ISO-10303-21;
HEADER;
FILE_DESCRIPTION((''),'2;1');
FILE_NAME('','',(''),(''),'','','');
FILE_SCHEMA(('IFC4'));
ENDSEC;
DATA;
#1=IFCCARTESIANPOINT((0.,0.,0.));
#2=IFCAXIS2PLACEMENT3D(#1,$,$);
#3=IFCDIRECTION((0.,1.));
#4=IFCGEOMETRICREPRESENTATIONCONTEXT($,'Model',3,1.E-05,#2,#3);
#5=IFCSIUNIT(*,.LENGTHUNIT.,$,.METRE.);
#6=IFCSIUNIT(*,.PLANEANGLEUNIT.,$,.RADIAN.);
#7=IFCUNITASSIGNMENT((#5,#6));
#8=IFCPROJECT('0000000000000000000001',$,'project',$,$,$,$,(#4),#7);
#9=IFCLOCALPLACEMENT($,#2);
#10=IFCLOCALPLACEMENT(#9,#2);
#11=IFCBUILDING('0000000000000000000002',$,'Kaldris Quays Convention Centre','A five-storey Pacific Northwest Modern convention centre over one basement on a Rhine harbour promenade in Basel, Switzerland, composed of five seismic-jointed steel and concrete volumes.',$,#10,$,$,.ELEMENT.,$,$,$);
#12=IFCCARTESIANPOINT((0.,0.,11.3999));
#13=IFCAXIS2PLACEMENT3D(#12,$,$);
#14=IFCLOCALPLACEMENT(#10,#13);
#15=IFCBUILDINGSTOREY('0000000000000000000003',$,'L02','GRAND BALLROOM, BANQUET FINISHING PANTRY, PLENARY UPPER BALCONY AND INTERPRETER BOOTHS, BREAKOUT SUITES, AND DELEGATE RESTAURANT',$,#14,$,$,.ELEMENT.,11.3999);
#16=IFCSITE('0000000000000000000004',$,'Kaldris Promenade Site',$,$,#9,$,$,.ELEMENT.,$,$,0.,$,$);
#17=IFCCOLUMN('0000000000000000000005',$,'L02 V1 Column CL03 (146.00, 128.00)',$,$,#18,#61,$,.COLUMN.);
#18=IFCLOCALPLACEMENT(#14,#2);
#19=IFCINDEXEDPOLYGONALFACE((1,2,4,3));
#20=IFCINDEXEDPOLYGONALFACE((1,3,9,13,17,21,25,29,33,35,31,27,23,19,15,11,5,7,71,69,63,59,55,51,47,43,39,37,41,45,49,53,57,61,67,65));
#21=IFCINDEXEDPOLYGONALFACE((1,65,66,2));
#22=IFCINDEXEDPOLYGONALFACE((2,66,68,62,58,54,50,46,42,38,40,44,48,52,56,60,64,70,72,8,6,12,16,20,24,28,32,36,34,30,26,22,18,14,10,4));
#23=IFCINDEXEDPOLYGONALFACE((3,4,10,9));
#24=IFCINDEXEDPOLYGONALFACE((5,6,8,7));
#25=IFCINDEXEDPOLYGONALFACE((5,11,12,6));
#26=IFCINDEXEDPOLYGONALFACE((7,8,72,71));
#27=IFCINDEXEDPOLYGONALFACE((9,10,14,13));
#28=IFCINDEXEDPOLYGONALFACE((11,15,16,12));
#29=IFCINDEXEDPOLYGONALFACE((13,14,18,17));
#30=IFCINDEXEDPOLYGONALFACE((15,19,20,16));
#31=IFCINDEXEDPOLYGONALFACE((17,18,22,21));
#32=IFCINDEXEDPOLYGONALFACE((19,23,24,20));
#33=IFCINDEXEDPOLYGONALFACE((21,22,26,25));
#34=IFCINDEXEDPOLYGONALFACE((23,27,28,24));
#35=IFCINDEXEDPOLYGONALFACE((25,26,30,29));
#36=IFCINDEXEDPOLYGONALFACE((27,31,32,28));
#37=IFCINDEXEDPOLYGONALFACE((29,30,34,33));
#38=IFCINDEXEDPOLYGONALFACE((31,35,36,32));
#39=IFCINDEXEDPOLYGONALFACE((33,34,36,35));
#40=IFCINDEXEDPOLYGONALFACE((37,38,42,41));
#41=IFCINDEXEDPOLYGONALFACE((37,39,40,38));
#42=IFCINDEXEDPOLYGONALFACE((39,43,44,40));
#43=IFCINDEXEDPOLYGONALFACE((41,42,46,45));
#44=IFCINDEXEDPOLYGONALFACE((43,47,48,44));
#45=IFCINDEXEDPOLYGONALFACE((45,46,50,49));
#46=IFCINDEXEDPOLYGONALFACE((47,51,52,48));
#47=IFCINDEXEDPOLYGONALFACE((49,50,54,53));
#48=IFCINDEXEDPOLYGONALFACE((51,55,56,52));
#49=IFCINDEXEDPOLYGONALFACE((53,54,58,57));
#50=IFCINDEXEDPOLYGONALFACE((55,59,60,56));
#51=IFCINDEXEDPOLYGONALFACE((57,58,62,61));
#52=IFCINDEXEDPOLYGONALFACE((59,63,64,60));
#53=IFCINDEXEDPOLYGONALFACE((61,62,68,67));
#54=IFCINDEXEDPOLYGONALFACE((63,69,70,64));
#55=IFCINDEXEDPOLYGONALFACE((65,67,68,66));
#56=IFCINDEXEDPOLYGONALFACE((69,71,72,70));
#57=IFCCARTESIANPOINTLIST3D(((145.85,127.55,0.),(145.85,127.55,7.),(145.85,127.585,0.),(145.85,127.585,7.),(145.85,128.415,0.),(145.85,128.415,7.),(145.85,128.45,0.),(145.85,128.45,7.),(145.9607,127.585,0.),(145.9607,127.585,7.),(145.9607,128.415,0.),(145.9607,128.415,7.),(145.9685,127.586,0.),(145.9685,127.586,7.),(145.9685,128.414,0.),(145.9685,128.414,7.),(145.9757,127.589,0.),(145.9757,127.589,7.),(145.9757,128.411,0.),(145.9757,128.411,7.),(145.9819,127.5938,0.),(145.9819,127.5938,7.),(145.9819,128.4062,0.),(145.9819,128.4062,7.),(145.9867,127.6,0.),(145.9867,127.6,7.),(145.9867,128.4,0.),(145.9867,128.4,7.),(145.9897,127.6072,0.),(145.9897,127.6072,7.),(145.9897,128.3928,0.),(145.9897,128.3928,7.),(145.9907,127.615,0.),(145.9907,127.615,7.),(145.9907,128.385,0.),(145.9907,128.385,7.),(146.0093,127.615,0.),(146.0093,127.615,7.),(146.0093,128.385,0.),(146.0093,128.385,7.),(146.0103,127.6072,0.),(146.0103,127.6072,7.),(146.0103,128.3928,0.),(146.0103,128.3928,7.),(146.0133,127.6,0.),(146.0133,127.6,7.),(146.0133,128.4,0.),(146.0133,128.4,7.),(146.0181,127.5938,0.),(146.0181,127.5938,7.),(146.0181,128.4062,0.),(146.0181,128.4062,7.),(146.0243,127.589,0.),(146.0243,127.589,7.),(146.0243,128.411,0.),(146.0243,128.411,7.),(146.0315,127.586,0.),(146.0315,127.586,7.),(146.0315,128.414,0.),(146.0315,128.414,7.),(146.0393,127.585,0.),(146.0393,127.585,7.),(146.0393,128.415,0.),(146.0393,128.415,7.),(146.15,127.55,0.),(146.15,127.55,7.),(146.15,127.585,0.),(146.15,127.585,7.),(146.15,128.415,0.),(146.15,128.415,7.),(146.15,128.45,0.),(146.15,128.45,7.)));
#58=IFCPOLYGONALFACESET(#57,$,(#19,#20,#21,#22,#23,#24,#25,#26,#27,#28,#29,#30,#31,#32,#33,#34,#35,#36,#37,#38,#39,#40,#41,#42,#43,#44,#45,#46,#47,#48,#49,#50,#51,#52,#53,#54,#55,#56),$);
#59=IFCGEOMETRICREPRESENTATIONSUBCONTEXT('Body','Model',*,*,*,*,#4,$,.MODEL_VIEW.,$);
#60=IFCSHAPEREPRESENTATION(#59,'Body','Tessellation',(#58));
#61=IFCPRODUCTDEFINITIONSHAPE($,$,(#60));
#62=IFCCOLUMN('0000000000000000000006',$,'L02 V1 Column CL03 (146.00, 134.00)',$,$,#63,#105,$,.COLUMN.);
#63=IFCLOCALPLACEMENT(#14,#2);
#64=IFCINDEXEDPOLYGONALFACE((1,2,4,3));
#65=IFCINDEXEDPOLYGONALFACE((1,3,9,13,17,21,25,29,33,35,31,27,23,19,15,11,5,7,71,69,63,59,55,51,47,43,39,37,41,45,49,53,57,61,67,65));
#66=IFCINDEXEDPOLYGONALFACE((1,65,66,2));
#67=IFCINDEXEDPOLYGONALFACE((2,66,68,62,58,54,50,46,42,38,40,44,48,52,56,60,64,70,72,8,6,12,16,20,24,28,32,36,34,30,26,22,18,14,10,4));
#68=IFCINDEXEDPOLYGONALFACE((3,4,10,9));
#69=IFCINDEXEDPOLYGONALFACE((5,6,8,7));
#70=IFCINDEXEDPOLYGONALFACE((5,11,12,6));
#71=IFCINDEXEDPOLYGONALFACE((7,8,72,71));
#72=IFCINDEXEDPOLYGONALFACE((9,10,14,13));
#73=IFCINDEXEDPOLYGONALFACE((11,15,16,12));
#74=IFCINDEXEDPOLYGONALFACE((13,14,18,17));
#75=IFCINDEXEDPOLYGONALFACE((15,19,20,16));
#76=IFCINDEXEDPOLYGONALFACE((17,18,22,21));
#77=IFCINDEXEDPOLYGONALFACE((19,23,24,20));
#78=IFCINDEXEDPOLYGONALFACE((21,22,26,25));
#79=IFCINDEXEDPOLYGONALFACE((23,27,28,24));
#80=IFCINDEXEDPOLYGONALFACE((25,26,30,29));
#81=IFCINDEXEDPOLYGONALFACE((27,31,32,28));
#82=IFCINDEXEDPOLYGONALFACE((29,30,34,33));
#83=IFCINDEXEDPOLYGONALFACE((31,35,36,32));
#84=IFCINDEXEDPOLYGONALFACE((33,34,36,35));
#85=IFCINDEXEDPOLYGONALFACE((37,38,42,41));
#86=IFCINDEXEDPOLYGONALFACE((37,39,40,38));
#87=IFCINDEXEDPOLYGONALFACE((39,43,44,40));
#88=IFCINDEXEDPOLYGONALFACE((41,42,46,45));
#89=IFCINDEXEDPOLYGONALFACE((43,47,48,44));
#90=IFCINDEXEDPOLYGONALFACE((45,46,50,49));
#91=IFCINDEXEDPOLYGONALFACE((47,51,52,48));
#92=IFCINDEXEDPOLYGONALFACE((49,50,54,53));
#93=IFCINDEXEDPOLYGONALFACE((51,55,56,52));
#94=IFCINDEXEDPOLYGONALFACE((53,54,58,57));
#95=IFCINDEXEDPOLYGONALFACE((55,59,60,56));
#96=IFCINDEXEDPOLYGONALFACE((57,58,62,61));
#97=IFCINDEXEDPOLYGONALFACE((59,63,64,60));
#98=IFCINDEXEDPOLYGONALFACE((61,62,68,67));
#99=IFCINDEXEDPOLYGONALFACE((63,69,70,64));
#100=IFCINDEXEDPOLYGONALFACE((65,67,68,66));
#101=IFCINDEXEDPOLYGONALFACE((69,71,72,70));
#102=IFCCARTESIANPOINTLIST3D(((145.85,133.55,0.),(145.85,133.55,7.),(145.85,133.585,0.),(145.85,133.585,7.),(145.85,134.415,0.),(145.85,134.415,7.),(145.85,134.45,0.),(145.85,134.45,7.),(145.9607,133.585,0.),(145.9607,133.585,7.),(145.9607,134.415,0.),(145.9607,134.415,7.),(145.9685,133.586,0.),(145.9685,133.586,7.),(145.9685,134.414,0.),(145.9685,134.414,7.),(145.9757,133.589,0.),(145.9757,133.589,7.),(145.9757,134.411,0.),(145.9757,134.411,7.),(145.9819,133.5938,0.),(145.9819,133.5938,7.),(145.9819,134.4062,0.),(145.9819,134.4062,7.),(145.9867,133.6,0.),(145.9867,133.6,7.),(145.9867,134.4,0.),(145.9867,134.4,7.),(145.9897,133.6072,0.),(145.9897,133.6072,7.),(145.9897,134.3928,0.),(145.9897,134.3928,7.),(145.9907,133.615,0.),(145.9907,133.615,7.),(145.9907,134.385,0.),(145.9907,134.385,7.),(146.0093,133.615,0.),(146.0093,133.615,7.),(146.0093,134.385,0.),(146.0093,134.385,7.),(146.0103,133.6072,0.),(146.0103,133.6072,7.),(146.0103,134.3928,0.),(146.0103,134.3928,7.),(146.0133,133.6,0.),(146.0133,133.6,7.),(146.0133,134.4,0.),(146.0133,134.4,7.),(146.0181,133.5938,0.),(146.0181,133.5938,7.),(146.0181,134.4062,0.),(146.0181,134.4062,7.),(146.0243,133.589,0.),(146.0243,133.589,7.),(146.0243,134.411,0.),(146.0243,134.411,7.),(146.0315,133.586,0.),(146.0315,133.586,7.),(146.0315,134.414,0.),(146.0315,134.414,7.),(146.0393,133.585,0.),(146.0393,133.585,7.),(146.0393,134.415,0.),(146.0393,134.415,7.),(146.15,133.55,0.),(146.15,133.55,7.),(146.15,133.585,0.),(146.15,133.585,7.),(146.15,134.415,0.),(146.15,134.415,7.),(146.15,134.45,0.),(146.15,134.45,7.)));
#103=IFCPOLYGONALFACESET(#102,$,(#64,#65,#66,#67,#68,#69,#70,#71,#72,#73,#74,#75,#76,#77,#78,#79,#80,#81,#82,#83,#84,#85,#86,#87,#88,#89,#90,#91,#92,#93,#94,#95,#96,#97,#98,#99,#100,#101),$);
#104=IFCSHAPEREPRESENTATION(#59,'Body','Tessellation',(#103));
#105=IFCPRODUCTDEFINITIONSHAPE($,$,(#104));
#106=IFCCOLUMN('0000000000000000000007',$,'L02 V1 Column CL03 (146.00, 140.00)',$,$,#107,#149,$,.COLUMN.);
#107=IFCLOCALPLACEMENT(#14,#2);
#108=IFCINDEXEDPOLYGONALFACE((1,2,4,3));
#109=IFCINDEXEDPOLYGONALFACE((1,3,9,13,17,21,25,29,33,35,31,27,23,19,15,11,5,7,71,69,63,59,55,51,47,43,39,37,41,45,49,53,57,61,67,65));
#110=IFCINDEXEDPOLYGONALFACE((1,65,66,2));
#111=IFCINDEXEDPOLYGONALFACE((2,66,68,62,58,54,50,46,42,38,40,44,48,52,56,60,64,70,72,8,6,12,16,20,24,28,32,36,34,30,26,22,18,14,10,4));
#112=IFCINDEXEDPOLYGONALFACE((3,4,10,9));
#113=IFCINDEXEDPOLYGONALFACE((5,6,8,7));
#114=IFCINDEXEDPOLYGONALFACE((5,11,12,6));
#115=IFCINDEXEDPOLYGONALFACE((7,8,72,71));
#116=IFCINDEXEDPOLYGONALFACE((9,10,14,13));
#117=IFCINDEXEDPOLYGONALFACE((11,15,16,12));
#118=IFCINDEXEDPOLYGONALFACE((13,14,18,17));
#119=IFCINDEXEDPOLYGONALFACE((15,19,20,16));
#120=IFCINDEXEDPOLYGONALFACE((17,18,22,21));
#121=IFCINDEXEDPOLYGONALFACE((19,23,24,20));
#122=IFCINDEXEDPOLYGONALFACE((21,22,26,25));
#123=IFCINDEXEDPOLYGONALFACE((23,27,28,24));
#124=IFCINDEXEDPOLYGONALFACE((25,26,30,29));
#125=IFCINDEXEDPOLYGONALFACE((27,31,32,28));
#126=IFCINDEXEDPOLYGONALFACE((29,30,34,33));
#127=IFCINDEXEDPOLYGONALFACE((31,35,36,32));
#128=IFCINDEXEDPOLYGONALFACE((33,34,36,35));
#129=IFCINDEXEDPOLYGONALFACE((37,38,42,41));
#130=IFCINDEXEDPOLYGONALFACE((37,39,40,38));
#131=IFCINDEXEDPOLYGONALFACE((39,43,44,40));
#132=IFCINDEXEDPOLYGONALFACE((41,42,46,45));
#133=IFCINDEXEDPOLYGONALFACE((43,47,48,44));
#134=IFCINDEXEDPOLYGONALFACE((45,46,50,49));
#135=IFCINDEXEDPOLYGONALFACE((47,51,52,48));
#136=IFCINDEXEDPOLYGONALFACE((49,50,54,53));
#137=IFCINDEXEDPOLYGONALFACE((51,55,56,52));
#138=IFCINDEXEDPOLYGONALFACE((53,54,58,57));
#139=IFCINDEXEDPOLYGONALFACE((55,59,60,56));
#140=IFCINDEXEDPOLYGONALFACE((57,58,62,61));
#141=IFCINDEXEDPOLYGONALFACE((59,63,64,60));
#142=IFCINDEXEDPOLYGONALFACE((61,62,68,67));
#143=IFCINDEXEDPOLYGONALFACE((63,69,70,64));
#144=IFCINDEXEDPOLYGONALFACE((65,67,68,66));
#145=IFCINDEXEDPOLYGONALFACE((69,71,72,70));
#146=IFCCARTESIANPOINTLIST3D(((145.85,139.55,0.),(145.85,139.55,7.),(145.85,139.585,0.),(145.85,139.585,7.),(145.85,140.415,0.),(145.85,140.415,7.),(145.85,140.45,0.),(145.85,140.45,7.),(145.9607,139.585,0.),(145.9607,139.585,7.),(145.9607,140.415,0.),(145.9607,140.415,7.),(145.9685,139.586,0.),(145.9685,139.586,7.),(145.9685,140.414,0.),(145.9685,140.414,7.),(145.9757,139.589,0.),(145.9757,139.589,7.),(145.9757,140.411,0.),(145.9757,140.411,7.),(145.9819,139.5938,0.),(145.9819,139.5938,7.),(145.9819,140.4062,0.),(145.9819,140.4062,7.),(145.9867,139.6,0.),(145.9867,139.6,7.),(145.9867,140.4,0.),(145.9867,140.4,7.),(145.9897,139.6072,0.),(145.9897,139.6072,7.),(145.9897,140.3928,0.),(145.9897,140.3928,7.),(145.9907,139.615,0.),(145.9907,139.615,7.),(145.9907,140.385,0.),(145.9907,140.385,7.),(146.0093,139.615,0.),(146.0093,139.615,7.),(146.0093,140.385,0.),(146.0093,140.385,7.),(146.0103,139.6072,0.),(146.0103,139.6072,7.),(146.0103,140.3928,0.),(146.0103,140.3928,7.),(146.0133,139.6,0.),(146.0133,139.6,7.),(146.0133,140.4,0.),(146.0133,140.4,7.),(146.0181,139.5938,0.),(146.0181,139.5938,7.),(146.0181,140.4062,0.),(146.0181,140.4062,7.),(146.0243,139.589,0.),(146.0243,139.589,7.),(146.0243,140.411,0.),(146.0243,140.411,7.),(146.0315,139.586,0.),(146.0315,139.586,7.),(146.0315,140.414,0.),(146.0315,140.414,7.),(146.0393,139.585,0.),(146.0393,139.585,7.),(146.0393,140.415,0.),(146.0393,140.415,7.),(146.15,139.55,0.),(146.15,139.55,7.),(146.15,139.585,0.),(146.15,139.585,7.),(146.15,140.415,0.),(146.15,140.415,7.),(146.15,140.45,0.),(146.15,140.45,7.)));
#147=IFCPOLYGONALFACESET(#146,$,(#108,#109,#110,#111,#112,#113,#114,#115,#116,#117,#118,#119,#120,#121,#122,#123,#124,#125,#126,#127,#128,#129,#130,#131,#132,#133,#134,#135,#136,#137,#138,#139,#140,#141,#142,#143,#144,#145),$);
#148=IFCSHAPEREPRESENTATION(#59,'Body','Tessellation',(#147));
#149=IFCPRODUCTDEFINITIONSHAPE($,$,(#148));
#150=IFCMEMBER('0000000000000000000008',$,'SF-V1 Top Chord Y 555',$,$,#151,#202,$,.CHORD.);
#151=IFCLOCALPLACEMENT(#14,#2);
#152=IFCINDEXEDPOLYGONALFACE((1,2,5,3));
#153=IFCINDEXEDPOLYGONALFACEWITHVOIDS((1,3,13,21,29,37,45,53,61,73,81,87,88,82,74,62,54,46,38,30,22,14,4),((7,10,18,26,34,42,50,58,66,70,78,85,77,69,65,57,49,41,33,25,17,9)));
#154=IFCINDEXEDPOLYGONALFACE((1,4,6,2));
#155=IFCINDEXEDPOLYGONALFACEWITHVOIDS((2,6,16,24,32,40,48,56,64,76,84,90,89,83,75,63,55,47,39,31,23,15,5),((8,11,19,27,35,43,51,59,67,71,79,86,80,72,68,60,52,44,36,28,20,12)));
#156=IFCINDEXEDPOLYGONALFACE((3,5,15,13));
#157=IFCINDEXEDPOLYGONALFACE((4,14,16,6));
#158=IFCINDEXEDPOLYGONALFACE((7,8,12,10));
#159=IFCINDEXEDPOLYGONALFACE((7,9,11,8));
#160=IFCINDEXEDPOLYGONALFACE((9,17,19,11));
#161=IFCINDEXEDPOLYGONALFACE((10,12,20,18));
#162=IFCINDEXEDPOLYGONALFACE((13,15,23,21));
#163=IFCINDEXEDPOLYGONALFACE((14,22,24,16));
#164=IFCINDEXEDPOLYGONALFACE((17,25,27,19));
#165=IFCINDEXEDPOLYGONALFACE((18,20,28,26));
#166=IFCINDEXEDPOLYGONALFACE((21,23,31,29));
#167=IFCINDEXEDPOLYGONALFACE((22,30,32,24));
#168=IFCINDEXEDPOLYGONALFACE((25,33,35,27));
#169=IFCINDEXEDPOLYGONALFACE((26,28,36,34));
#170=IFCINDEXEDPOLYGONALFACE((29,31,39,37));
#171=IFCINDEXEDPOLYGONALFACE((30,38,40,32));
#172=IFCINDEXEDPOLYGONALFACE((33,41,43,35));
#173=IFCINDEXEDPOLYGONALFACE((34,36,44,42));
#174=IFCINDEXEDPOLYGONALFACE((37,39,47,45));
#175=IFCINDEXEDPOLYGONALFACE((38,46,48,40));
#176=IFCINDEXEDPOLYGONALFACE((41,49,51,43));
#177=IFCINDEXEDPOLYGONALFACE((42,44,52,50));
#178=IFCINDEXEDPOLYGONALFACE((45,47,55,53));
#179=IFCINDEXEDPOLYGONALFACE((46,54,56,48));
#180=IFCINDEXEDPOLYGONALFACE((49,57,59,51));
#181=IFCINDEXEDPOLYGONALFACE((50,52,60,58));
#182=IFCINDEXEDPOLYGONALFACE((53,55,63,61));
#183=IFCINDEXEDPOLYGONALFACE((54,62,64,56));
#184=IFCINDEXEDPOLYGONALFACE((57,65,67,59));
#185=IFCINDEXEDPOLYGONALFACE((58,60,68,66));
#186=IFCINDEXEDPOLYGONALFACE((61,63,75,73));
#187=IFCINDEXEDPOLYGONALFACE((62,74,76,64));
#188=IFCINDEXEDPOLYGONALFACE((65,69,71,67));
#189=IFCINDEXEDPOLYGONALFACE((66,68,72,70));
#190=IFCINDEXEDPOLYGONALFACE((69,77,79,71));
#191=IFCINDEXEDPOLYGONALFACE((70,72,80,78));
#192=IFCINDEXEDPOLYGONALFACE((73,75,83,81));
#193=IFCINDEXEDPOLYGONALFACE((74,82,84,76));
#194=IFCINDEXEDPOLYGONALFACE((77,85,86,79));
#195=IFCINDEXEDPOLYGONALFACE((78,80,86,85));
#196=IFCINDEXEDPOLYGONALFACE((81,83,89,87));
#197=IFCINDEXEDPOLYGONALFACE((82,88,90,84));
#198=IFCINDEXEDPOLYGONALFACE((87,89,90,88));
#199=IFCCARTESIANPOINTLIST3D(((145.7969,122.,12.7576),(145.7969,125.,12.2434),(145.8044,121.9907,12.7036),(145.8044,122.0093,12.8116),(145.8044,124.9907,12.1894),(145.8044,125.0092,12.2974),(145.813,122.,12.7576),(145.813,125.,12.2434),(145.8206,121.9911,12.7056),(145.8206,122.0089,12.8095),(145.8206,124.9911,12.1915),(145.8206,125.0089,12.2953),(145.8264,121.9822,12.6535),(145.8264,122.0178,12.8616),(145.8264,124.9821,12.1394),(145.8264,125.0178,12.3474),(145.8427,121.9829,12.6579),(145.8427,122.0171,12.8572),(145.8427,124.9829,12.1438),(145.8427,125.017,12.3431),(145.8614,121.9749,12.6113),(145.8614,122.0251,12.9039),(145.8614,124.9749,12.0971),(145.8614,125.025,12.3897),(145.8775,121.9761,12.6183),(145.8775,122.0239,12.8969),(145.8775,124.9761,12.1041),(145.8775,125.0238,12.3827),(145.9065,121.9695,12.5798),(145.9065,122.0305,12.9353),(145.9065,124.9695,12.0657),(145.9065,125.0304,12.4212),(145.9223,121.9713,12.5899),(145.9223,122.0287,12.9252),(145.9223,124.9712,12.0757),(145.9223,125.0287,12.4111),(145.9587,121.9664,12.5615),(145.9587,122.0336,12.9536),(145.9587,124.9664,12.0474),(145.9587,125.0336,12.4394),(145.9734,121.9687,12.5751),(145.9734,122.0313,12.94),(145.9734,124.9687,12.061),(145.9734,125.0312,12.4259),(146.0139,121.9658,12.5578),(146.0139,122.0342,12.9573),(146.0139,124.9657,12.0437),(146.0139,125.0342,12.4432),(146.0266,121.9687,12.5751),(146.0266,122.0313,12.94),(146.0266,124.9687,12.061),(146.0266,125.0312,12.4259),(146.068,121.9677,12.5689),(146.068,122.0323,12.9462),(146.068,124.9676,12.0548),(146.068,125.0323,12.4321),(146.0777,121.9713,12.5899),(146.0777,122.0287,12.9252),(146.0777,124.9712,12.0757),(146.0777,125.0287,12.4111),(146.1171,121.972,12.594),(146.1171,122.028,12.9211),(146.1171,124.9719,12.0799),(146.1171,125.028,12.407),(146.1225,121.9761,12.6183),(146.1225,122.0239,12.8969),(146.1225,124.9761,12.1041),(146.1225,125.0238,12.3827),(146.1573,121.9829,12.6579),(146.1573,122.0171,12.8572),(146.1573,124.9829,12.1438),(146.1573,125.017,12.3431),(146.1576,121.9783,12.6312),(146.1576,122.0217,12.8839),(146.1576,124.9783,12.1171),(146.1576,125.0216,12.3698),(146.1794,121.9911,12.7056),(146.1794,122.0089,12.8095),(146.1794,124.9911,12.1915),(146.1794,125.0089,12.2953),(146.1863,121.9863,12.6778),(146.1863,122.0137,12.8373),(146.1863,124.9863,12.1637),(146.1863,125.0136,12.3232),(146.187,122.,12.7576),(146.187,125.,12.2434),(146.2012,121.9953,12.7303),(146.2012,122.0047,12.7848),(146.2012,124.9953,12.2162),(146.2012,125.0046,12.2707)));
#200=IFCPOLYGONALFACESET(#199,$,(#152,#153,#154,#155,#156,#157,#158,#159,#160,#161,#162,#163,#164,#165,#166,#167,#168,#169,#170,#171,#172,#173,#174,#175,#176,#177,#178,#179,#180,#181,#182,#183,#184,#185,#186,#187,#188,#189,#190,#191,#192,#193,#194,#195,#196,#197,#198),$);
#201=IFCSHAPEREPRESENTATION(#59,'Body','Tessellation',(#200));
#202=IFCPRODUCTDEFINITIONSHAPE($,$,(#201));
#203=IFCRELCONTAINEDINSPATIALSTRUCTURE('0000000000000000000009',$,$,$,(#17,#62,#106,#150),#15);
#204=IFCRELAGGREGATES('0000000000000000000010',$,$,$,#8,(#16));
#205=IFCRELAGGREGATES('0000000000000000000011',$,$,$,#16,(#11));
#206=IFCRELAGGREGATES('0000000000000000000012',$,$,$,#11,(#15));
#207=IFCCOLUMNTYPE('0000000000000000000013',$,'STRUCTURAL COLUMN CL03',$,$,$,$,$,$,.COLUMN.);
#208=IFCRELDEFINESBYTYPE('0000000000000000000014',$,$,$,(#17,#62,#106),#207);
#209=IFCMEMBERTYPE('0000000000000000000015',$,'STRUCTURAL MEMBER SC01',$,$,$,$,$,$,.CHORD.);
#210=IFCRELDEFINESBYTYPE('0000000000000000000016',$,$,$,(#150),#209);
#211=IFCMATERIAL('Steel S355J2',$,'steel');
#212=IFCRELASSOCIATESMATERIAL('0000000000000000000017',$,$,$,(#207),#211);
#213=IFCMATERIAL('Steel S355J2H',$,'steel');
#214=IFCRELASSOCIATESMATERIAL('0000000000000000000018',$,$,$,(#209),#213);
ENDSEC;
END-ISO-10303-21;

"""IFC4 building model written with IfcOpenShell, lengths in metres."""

from ifc_helpers import new_model, si_unit, direction, frame, origin, origin_2d, place, context, subcontext, project, spatial, hollow_circle, i_section, extrude, material, material_profile, profile_set, type_object, element, save


model = new_model("IFC4")

# Units and contexts
model_context = context("Model", 3, precision=1e-05, world=origin(), true_north=direction((0.0, 1.0)))
body_context = subcontext(model_context, "Body", "Model", "MODEL_VIEW")
ifc_project = project(units=[si_unit("LENGTHUNIT", "METRE"), si_unit("PLANEANGLEUNIT", "RADIAN")], contexts=[model_context])

# Site, building, storey
site_placement = place(None, origin())
site = spatial("IfcSite", under=ifc_project, at=site_placement, Name="Kaldris Promenade Site", CompositionType="ELEMENT", RefElevation=0.0)
building_placement = place(site_placement, origin())
building = spatial("IfcBuilding", under=site, at=building_placement, Name="Kaldris Quays Convention Centre", Description="A five-storey Pacific Northwest Modern convention centre over one basement on a Rhine harbour promenade in Basel, Switzerland, composed of five seismic-jointed steel and concrete volumes.", CompositionType="ELEMENT")
storey_placement = place(building_placement, frame((0.0, 0.0, 11.3999)))
storey = spatial("IfcBuildingStorey", under=building, at=storey_placement, Name="L02", Description="GRAND BALLROOM, BANQUET FINISHING PANTRY, PLENARY UPPER BALCONY AND INTERPRETER BOOTHS, BREAKOUT SUITES, AND DELEGATE RESTAURANT", CompositionType="ELEMENT", Elevation=11.3999)

# Columns
ifc_material_1 = material(Name="Steel S355J2", Category="steel")
ifc_material_profile_1 = material_profile(ifc_material_1, i_section(OverallWidth=0.3, OverallDepth=0.8999, WebThickness=0.0186, FlangeThickness=0.0349, FilletRadius=0.03, at=origin_2d()), Name="HEB 900")
ifc_profile_set_1 = profile_set([ifc_material_profile_1], Name="Steel S355J2")
column_type = type_object("IfcColumnType", Name="STRUCTURAL COLUMN CL03", PredefinedType="COLUMN", material=ifc_profile_set_1)
for number, where, z_axis, x_axis, name in (
    (1, (146.0, 128.0, 0.0), (0.0, 0.0, 1.0), (1.0, 0.0, 0.0), "L02 V1 Column CL03 (146.00, 128.00)"),
    (2, (146.0, 134.0, 0.0), (0.0, 0.0, 1.0), (1.0, 0.0, 0.0), "L02 V1 Column CL03 (146.00, 134.00)"),
    (3, (146.0, 140.0, 0.0), (0.0, 0.0, 1.0), (1.0, 0.0, 0.0), "L02 V1 Column CL03 (146.00, 140.00)"),
):
    element("IfcColumn", number, at=place(storey_placement, frame(where, z_axis=z_axis, x_axis=x_axis)), inside=storey, type_object=column_type, Name=name, PredefinedType="COLUMN", context=body_context, shape_type="SweptSolid", body=[
        extrude(i_section(OverallWidth=0.3, OverallDepth=0.8999, WebThickness=0.0186, FlangeThickness=0.0349, FilletRadius=0.03, at=origin_2d()), origin(), (0.0, 0.0, 1.0), 7.0),
    ])

# Member
ifc_material_2 = material(Name="Steel S355J2H", Category="steel")
ifc_material_profile_2 = material_profile(ifc_material_2, hollow_circle(Radius=0.2031, WallThickness=0.0161, at=origin_2d()), Name="CHS 406.4x16")
ifc_profile_set_2 = profile_set([ifc_material_profile_2], Name="Steel S355J2H")
member_type_1 = type_object("IfcMemberType", Name="STRUCTURAL MEMBER SC01", PredefinedType="CHORD", material=ifc_profile_set_2)
for number, where, z_axis, x_axis, name in (
    (4, (146.0, 122.0, 12.7576), (0.0, 0.985629, -0.168924), (-1.0, 0.0, 0.0), "SF-V1 Top Chord Y 555"),
):
    element("IfcMember", number, at=place(storey_placement, frame(where, z_axis=z_axis, x_axis=x_axis)), inside=storey, type_object=member_type_1, Name=name, PredefinedType="CHORD", context=body_context, shape_type="SweptSolid", body=[
        extrude(hollow_circle(Radius=0.2031, WallThickness=0.0161, at=origin_2d()), origin(), (0.0, 0.0, 1.0), 3.0437),
    ])

save(model, "model.ifc")
